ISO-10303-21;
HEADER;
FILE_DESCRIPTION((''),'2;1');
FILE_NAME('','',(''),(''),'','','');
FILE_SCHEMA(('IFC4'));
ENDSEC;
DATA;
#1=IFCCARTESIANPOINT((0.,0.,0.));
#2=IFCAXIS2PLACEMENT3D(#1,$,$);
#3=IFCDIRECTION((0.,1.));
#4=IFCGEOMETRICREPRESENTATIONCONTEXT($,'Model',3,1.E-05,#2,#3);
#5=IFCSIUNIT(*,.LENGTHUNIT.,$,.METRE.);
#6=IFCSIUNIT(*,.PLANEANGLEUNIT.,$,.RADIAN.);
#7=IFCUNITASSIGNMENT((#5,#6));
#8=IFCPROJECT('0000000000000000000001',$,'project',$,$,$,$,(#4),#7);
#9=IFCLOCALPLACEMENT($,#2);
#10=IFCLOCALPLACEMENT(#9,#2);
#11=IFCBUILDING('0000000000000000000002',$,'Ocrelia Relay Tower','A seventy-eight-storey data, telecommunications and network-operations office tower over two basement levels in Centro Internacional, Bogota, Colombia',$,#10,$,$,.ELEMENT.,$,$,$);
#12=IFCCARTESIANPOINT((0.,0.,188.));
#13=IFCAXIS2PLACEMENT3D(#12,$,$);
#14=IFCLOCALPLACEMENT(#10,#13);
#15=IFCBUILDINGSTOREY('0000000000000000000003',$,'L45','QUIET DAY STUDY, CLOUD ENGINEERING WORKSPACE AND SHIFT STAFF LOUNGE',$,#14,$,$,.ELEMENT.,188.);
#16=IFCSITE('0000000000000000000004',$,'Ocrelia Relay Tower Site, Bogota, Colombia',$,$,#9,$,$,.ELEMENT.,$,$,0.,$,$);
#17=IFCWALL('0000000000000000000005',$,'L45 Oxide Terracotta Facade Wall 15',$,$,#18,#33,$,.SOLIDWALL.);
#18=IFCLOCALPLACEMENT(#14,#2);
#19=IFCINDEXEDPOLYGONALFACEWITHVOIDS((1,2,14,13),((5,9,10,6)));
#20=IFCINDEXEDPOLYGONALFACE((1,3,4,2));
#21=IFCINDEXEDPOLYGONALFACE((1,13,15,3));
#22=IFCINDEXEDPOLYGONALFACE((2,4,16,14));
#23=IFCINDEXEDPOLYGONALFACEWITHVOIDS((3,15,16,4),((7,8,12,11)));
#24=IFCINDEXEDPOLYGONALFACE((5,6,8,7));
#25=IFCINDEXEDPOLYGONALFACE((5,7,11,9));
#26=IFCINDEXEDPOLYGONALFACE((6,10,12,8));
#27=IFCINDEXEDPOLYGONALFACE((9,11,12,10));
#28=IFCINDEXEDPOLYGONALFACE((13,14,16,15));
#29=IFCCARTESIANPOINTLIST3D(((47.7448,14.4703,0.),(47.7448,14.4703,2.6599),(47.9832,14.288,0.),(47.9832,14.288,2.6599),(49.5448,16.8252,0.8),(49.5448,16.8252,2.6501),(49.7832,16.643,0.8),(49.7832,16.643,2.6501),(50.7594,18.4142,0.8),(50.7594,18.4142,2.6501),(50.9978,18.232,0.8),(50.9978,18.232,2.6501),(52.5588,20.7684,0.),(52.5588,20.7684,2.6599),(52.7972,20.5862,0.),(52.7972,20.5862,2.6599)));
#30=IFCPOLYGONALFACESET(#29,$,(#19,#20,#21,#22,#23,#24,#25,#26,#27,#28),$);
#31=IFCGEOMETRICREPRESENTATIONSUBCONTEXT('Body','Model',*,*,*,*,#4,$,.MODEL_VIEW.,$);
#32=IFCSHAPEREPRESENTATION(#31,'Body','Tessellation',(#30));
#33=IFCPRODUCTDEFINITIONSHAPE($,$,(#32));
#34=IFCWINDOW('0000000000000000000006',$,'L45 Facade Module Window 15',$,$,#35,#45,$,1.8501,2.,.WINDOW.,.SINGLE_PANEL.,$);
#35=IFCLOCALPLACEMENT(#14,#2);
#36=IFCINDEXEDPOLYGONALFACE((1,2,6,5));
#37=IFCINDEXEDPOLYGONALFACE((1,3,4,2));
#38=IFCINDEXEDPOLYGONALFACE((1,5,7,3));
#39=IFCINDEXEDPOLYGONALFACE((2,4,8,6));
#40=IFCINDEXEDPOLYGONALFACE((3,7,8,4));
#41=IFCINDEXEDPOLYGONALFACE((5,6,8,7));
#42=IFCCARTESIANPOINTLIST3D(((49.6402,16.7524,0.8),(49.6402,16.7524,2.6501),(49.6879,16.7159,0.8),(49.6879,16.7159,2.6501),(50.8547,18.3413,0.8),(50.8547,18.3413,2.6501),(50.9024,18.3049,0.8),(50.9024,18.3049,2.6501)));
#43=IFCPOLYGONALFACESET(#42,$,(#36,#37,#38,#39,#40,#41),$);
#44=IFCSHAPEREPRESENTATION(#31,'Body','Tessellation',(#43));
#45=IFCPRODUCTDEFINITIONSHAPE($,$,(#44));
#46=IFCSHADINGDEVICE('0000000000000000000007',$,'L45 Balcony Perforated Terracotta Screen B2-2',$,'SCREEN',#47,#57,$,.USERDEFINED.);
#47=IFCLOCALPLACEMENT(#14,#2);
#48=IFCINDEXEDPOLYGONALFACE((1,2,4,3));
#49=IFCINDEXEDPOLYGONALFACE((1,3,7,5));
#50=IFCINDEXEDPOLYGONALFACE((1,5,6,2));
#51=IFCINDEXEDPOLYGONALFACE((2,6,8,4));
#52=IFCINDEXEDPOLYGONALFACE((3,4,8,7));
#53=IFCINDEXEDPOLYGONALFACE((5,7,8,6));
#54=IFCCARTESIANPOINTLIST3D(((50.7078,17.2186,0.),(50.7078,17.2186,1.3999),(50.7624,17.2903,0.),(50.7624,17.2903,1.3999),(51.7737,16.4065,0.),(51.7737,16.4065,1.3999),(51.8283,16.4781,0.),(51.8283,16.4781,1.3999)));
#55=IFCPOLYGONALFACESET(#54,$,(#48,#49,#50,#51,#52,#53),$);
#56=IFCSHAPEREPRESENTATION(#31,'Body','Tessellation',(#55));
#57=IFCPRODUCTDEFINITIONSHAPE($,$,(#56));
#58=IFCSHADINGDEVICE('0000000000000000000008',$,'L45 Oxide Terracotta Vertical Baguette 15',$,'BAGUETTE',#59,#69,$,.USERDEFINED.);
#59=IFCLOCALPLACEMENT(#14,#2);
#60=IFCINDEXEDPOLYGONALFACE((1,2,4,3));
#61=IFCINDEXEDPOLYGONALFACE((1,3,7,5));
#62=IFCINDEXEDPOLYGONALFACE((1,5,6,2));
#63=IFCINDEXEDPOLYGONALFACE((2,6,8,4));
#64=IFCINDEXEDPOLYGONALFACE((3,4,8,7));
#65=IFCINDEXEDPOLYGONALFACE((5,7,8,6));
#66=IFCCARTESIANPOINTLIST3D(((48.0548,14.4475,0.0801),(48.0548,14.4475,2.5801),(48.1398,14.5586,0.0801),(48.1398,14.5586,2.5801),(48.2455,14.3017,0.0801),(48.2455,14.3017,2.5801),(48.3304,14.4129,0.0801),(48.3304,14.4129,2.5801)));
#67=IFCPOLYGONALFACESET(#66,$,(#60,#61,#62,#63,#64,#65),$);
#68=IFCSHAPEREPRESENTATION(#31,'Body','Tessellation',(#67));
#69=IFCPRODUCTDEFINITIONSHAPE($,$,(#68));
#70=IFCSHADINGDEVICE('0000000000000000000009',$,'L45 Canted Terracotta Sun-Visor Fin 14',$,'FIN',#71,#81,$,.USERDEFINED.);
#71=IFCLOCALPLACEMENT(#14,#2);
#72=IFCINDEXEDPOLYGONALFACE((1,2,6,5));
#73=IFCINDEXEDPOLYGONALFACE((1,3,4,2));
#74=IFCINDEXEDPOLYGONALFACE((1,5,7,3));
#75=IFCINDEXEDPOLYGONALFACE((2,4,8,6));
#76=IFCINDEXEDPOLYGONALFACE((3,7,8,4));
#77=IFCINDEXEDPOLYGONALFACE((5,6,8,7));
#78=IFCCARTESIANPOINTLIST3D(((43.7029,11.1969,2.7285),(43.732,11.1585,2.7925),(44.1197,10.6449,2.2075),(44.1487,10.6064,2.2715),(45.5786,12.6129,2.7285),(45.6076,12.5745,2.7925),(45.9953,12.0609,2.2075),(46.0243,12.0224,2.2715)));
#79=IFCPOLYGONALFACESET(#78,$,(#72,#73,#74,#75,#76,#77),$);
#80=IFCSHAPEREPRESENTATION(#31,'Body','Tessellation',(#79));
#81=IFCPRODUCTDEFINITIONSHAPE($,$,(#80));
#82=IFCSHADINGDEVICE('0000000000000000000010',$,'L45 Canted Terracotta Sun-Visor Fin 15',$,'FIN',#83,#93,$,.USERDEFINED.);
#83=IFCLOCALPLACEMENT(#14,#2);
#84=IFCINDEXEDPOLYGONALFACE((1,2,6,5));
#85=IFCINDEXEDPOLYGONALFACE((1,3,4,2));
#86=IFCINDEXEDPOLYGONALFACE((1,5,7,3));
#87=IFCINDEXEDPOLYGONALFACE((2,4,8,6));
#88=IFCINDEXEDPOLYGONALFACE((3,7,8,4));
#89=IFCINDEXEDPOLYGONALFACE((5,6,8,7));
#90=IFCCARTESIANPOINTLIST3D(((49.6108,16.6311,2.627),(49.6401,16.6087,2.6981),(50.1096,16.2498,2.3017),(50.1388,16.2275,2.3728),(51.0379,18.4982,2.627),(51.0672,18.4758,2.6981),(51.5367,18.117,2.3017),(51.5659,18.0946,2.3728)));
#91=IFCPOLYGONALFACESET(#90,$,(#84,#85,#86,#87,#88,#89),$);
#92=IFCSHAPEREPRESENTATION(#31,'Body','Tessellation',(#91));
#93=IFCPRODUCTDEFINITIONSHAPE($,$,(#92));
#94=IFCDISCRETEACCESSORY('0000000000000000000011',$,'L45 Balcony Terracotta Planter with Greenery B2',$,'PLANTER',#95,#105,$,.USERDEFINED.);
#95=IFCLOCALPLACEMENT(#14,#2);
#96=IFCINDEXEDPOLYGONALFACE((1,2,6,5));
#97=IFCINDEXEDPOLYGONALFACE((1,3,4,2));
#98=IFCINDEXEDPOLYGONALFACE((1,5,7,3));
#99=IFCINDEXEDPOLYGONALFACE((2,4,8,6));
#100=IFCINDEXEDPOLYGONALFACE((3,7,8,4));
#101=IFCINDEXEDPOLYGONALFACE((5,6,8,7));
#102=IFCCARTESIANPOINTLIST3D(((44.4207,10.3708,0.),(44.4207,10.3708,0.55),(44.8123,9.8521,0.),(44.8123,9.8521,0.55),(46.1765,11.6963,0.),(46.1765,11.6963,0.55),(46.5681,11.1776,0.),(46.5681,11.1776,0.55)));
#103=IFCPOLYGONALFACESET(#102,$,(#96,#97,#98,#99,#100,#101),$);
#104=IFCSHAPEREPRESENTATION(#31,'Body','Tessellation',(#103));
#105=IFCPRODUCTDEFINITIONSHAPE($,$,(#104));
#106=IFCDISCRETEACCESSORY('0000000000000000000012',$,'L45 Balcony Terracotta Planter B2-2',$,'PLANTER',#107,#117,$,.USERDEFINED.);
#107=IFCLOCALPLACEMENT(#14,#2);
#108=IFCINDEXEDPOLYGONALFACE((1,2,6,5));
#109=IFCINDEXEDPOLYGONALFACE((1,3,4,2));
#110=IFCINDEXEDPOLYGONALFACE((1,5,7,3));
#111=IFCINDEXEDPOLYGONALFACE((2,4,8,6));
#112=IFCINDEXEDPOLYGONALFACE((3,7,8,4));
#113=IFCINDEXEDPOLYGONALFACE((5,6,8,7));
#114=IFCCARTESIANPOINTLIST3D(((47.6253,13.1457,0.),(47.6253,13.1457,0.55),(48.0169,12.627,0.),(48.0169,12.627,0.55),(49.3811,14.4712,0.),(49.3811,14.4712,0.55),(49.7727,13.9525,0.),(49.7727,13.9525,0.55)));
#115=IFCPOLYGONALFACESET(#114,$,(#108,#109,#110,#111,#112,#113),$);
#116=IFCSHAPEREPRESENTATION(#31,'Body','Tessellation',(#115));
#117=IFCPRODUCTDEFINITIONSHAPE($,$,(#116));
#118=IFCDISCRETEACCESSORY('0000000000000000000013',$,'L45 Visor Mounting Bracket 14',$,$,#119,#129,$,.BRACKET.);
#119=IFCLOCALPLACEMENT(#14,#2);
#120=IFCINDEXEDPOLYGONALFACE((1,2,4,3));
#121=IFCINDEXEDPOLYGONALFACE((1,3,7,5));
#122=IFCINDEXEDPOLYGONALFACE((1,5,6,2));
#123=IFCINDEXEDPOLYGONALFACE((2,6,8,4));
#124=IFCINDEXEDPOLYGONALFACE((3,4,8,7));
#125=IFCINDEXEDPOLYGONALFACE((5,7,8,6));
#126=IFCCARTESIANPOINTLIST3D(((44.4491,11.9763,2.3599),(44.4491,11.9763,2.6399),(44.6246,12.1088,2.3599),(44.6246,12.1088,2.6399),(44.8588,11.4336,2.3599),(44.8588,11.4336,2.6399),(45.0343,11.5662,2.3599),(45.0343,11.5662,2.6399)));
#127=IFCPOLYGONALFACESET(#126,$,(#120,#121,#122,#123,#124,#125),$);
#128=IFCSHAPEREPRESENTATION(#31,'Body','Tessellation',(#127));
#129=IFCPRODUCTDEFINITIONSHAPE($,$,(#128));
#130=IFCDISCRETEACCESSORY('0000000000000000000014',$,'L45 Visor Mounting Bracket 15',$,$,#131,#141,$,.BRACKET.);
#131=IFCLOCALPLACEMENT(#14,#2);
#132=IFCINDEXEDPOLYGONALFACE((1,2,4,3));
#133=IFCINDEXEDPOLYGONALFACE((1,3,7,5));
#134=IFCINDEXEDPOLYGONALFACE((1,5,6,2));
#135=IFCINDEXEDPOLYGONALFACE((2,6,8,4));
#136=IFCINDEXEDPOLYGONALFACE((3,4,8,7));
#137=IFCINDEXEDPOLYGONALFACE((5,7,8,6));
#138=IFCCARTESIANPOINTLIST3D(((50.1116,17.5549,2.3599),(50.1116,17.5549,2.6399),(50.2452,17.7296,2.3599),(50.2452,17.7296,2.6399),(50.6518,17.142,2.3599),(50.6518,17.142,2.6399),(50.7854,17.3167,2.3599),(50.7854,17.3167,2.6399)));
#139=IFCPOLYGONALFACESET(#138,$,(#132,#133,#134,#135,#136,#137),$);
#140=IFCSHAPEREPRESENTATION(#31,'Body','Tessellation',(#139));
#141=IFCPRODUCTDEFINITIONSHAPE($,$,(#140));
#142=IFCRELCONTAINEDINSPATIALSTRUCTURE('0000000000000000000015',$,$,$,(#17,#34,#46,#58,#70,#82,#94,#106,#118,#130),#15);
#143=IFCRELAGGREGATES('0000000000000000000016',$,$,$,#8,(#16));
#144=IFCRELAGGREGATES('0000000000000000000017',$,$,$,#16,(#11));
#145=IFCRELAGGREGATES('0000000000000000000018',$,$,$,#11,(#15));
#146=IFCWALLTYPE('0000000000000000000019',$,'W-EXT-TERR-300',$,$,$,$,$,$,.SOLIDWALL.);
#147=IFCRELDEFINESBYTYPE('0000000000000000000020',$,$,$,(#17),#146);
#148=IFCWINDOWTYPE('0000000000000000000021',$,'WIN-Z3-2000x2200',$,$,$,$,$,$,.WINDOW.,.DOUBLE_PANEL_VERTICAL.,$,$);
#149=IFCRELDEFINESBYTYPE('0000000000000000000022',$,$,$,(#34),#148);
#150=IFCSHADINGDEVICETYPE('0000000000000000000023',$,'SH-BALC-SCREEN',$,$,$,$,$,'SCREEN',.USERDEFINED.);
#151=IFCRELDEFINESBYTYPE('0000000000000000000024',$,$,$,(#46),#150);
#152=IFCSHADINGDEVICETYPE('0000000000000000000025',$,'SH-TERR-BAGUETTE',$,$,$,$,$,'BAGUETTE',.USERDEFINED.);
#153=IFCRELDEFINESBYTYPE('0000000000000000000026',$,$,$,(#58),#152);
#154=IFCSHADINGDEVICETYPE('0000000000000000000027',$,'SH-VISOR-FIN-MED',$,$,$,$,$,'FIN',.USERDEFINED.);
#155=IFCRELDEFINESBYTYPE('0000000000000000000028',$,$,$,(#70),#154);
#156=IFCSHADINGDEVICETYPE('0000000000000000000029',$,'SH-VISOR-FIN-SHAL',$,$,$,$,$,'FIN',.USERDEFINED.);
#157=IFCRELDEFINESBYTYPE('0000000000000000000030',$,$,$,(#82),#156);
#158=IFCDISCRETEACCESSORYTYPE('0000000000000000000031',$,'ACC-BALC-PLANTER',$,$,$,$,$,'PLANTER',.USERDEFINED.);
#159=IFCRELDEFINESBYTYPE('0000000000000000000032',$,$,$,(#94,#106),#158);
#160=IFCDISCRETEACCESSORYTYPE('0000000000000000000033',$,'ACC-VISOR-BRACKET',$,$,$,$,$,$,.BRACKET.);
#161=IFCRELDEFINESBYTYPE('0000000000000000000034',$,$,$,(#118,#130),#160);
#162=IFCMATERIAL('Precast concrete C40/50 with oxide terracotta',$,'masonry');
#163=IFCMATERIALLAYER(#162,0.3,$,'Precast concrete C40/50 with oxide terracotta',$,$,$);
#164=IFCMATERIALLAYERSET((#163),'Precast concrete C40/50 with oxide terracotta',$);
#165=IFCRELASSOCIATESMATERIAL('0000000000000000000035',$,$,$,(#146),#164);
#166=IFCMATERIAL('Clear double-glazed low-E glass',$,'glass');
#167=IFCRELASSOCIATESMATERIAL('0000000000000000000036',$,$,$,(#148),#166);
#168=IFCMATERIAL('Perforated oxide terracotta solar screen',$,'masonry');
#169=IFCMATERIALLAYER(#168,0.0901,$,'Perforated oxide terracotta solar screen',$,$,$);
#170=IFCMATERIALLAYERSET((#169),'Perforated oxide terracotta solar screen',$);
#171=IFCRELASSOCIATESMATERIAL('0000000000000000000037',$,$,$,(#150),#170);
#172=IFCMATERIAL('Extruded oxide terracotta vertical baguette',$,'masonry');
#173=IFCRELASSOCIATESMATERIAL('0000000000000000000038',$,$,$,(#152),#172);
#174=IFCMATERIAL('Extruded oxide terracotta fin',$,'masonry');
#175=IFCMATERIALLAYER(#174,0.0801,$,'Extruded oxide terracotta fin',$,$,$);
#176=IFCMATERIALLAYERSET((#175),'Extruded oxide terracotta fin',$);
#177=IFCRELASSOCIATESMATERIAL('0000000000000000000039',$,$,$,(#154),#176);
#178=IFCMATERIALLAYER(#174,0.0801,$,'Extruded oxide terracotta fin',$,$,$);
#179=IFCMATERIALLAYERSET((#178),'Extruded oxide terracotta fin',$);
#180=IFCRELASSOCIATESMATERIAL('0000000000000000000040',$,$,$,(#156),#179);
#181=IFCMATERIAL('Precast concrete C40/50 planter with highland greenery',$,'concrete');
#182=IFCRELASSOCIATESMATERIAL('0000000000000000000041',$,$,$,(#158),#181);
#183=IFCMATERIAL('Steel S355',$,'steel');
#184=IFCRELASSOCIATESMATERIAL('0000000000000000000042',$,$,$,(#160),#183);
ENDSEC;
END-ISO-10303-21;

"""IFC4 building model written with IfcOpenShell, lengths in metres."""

from ifc_helpers import new_model, si_unit, direction, frame, frame_2d, origin, origin_2d, place, context, subcontext, project, spatial, rectangle, extrude, material, layer, layer_set, type_object, element, fill, save


model = new_model("IFC4")

# Units and contexts
model_context = context("Model", 3, precision=1e-05, world=origin(), true_north=direction((0.0, 1.0)))
body_context = subcontext(model_context, "Body", "Model", "MODEL_VIEW")
ifc_project = project(units=[si_unit("LENGTHUNIT", "METRE"), si_unit("PLANEANGLEUNIT", "RADIAN")], contexts=[model_context])

# Site, building, storey
site_placement = place(None, origin())
site = spatial("IfcSite", under=ifc_project, at=site_placement, Name="Ocrelia Relay Tower Site, Bogota, Colombia", CompositionType="ELEMENT", RefElevation=0.0)
building_placement = place(site_placement, origin())
building = spatial("IfcBuilding", under=site, at=building_placement, Name="Ocrelia Relay Tower", Description="A seventy-eight-storey data, telecommunications and network-operations office tower over two basement levels in Centro Internacional, Bogota, Colombia", CompositionType="ELEMENT")
storey_placement = place(building_placement, frame((0.0, 0.0, 188.0)))
storey = spatial("IfcBuildingStorey", under=building, at=storey_placement, Name="L45", Description="QUIET DAY STUDY, CLOUD ENGINEERING WORKSPACE AND SHIFT STAFF LOUNGE", CompositionType="ELEMENT", Elevation=188.0)

# Shared definitions
ifc_material_1 = material(Name="Steel S355", Category="steel")

# Wall, opening, window
ifc_material_2 = material(Name="Precast concrete C40/50 with oxide terracotta", Category="masonry")
ifc_layer_1 = layer(ifc_material_2, 0.3, Name="Precast concrete C40/50 with oxide terracotta")
ifc_layer_set_1 = layer_set([ifc_layer_1], Name="Precast concrete C40/50 with oxide terracotta")
wall_type_1 = type_object("IfcWallType", Name="W-EXT-TERR-300", PredefinedType="SOLIDWALL", material=ifc_layer_set_1)
wall_1_placement = place(storey_placement, frame((47.864, 14.3792, 0.0), z_axis=(0.0, 0.0, 1.0), x_axis=(0.607273, 0.794493, 0.0)))
wall_1 = element("IfcWall", 1, at=wall_1_placement, inside=storey, type_object=wall_type_1, Name="L45 Oxide Terracotta Facade Wall 15", PredefinedType="SOLIDWALL", context=body_context, shape_type="SweptSolid", body=[
    extrude(rectangle(XDim=7.9272, YDim=0.3, at=frame_2d((3.9636, 0.0))), origin(), (0.0, 0.0, 1.0), 2.6599),
])
opening_placement = place(wall_1_placement, frame((2.9641, 0.0, 0.8)))
opening = element("IfcOpeningElement", 2, at=opening_placement, cuts=wall_1, PredefinedType="OPENING", context=body_context, shape_type="SweptSolid", body=[
    extrude(rectangle(XDim=2.0, YDim=1.8501, at=frame_2d((1.0, 0.925))), frame((0.0, 0.1602, 0.0), z_axis=(0.0, -1.0, 0.0), x_axis=(1.0, 0.0, 0.0)), (0.0, 0.0, 1.0), 0.3201),
])
ifc_material_3 = material(Name="Clear double-glazed low-E glass", Category="glass")
window_type = type_object("IfcWindowType", Name="WIN-Z3-2000x2200", PartitioningType="DOUBLE_PANEL_VERTICAL", PredefinedType="WINDOW", material=ifc_material_3)
window_placement = place(opening_placement, origin())
window = element("IfcWindow", 3, at=window_placement, inside=storey, type_object=window_type, Name="L45 Facade Module Window 15", OverallHeight=1.8501, OverallWidth=2.0, PartitioningType="SINGLE_PANEL", PredefinedType="WINDOW", context=body_context, shape_type="SweptSolid", body=[
    extrude(rectangle(XDim=2.0, YDim=1.8501, at=frame_2d((1.0, 0.925))), frame((0.0, 0.03, 0.0), z_axis=(0.0, -1.0, 0.0), x_axis=(1.0, 0.0, 0.0)), (0.0, 0.0, 1.0), 0.0601),
])
fill(opening, window)

# Shading devices
ifc_material_4 = material(Name="Perforated oxide terracotta solar screen", Category="masonry")
ifc_layer_2 = layer(ifc_material_4, 0.0901, Name="Perforated oxide terracotta solar screen")
ifc_layer_set_2 = layer_set([ifc_layer_2], Name="Perforated oxide terracotta solar screen")
shading_device_type_1 = type_object("IfcShadingDeviceType", Name="SH-BALC-SCREEN", ElementType="SCREEN", PredefinedType="USERDEFINED", material=ifc_layer_set_2)
shading_device_1_placement = place(storey_placement, frame((51.2681, 16.8484, 0.0), z_axis=(0.0, 0.0, 1.0), x_axis=(0.79543, -0.606045, 0.0)))
element("IfcShadingDevice", 4, at=shading_device_1_placement, inside=storey, type_object=shading_device_type_1, Name="L45 Balcony Perforated Terracotta Screen B2-2", ObjectType="SCREEN", PredefinedType="USERDEFINED", context=body_context, shape_type="SweptSolid", body=[
    extrude(rectangle(XDim=1.3401, YDim=0.0901, at=origin_2d()), origin(), (0.0, 0.0, 1.0), 1.3999),
])
ifc_material_5 = material(Name="Extruded oxide terracotta vertical baguette", Category="masonry")
shading_device_type_2 = type_object("IfcShadingDeviceType", Name="SH-TERR-BAGUETTE", ElementType="BAGUETTE", PredefinedType="USERDEFINED", material=ifc_material_5)
shading_device_2_placement = place(storey_placement, frame((48.1926, 14.4302, 0.0801), z_axis=(0.0, 0.0, 1.0), x_axis=(0.60726, 0.794504, 0.0)))
element("IfcShadingDevice", 5, at=shading_device_2_placement, inside=storey, type_object=shading_device_type_2, Name="L45 Oxide Terracotta Vertical Baguette 15", ObjectType="BAGUETTE", PredefinedType="USERDEFINED", context=body_context, shape_type="SweptSolid", body=[
    extrude(rectangle(XDim=0.1399, YDim=0.24, at=origin_2d()), origin(), (0.0, 0.0, 1.0), 2.5),
])
ifc_material_6 = material(Name="Extruded oxide terracotta fin", Category="masonry")
ifc_layer_3 = layer(ifc_material_6, 0.0801, Name="Extruded oxide terracotta fin")
ifc_layer_set_3 = layer_set([ifc_layer_3], Name="Extruded oxide terracotta fin")
shading_device_type_3 = type_object("IfcShadingDeviceType", Name="SH-VISOR-FIN-MED", ElementType="FIN", PredefinedType="USERDEFINED", material=ifc_layer_set_3)
shading_device_3_placement = place(storey_placement, frame((44.8491, 11.6289, 2.468), z_axis=(0.36252, -0.480201, 0.798741), x_axis=(0.798106, 0.602517, 0.0)))
element("IfcShadingDevice", 6, at=shading_device_3_placement, inside=storey, type_object=shading_device_type_3, Name="L45 Canted Terracotta Sun-Visor Fin 14", ObjectType="FIN", PredefinedType="USERDEFINED", context=body_context, shape_type="SweptSolid", body=[
    extrude(rectangle(XDim=2.3501, YDim=0.866, at=origin_2d()), origin(), (0.0, 0.0, 1.0), 0.0801),
])
ifc_layer_4 = layer(ifc_material_6, 0.0801, Name="Extruded oxide terracotta fin")
ifc_layer_set_4 = layer_set([ifc_layer_4], Name="Extruded oxide terracotta fin")
shading_device_type_4 = type_object("IfcShadingDeviceType", Name="SH-VISOR-FIN-SHAL", ElementType="FIN", PredefinedType="USERDEFINED", material=ifc_layer_set_4)
shading_device_4_placement = place(storey_placement, frame((50.5737, 17.374, 2.4644), z_axis=(0.365507, -0.279367, 0.887896), x_axis=(0.60726, 0.794504, 0.0)))
element("IfcShadingDevice", 7, at=shading_device_4_placement, inside=storey, type_object=shading_device_type_4, Name="L45 Canted Terracotta Sun-Visor Fin 15", ObjectType="FIN", PredefinedType="USERDEFINED", context=body_context, shape_type="SweptSolid", body=[
    extrude(rectangle(XDim=2.3501, YDim=0.707, at=origin_2d()), origin(), (0.0, 0.0, 1.0), 0.0801),
])

# Discrete accessories
ifc_material_7 = material(Name="Precast concrete C40/50 planter with highland greenery", Category="concrete")
discrete_accessory_type_1 = type_object("IfcDiscreteAccessoryType", Name="ACC-BALC-PLANTER", ElementType="PLANTER", PredefinedType="USERDEFINED", material=ifc_material_7)
for number, where, z_axis, x_axis, name in (
    (8, (45.4944, 10.7742, 0.0), (0.0, 0.0, 1.0), (-0.798109, -0.602513, 0.0), "L45 Balcony Terracotta Planter with Greenery B2"),
    (9, (48.699, 13.5491, 0.0), (0.0, 0.0, 1.0), (-0.798109, -0.602513, 0.0), "L45 Balcony Terracotta Planter B2-2"),
):
    element("IfcDiscreteAccessory", number, at=place(storey_placement, frame(where, z_axis=z_axis, x_axis=x_axis)), inside=storey, type_object=discrete_accessory_type_1, Name=name, ObjectType="PLANTER", PredefinedType="USERDEFINED", context=body_context, shape_type="SweptSolid", body=[
        extrude(rectangle(XDim=2.2, YDim=0.6499, at=origin_2d()), origin(), (0.0, 0.0, 1.0), 0.55),
    ])
discrete_accessory_type_2 = type_object("IfcDiscreteAccessoryType", Name="ACC-VISOR-BRACKET", PredefinedType="BRACKET", material=ifc_material_1)
for number, where, z_axis, x_axis, name in (
    (10, (44.7417, 11.7712, 2.3599), (0.0, 0.0, 1.0), (0.798106, 0.602517, 0.0), "L45 Visor Mounting Bracket 14"),
    (11, (50.4485, 17.4358, 2.3599), (0.0, 0.0, 1.0), (0.60726, 0.794504, 0.0), "L45 Visor Mounting Bracket 15"),
):
    element("IfcDiscreteAccessory", number, at=place(storey_placement, frame(where, z_axis=z_axis, x_axis=x_axis)), inside=storey, type_object=discrete_accessory_type_2, Name=name, PredefinedType="BRACKET", context=body_context, shape_type="SweptSolid", body=[
        extrude(rectangle(XDim=0.22, YDim=0.6799, at=origin_2d()), origin(), (0.0, 0.0, 1.0), 0.28),
    ])

save(model, "model.ifc")
